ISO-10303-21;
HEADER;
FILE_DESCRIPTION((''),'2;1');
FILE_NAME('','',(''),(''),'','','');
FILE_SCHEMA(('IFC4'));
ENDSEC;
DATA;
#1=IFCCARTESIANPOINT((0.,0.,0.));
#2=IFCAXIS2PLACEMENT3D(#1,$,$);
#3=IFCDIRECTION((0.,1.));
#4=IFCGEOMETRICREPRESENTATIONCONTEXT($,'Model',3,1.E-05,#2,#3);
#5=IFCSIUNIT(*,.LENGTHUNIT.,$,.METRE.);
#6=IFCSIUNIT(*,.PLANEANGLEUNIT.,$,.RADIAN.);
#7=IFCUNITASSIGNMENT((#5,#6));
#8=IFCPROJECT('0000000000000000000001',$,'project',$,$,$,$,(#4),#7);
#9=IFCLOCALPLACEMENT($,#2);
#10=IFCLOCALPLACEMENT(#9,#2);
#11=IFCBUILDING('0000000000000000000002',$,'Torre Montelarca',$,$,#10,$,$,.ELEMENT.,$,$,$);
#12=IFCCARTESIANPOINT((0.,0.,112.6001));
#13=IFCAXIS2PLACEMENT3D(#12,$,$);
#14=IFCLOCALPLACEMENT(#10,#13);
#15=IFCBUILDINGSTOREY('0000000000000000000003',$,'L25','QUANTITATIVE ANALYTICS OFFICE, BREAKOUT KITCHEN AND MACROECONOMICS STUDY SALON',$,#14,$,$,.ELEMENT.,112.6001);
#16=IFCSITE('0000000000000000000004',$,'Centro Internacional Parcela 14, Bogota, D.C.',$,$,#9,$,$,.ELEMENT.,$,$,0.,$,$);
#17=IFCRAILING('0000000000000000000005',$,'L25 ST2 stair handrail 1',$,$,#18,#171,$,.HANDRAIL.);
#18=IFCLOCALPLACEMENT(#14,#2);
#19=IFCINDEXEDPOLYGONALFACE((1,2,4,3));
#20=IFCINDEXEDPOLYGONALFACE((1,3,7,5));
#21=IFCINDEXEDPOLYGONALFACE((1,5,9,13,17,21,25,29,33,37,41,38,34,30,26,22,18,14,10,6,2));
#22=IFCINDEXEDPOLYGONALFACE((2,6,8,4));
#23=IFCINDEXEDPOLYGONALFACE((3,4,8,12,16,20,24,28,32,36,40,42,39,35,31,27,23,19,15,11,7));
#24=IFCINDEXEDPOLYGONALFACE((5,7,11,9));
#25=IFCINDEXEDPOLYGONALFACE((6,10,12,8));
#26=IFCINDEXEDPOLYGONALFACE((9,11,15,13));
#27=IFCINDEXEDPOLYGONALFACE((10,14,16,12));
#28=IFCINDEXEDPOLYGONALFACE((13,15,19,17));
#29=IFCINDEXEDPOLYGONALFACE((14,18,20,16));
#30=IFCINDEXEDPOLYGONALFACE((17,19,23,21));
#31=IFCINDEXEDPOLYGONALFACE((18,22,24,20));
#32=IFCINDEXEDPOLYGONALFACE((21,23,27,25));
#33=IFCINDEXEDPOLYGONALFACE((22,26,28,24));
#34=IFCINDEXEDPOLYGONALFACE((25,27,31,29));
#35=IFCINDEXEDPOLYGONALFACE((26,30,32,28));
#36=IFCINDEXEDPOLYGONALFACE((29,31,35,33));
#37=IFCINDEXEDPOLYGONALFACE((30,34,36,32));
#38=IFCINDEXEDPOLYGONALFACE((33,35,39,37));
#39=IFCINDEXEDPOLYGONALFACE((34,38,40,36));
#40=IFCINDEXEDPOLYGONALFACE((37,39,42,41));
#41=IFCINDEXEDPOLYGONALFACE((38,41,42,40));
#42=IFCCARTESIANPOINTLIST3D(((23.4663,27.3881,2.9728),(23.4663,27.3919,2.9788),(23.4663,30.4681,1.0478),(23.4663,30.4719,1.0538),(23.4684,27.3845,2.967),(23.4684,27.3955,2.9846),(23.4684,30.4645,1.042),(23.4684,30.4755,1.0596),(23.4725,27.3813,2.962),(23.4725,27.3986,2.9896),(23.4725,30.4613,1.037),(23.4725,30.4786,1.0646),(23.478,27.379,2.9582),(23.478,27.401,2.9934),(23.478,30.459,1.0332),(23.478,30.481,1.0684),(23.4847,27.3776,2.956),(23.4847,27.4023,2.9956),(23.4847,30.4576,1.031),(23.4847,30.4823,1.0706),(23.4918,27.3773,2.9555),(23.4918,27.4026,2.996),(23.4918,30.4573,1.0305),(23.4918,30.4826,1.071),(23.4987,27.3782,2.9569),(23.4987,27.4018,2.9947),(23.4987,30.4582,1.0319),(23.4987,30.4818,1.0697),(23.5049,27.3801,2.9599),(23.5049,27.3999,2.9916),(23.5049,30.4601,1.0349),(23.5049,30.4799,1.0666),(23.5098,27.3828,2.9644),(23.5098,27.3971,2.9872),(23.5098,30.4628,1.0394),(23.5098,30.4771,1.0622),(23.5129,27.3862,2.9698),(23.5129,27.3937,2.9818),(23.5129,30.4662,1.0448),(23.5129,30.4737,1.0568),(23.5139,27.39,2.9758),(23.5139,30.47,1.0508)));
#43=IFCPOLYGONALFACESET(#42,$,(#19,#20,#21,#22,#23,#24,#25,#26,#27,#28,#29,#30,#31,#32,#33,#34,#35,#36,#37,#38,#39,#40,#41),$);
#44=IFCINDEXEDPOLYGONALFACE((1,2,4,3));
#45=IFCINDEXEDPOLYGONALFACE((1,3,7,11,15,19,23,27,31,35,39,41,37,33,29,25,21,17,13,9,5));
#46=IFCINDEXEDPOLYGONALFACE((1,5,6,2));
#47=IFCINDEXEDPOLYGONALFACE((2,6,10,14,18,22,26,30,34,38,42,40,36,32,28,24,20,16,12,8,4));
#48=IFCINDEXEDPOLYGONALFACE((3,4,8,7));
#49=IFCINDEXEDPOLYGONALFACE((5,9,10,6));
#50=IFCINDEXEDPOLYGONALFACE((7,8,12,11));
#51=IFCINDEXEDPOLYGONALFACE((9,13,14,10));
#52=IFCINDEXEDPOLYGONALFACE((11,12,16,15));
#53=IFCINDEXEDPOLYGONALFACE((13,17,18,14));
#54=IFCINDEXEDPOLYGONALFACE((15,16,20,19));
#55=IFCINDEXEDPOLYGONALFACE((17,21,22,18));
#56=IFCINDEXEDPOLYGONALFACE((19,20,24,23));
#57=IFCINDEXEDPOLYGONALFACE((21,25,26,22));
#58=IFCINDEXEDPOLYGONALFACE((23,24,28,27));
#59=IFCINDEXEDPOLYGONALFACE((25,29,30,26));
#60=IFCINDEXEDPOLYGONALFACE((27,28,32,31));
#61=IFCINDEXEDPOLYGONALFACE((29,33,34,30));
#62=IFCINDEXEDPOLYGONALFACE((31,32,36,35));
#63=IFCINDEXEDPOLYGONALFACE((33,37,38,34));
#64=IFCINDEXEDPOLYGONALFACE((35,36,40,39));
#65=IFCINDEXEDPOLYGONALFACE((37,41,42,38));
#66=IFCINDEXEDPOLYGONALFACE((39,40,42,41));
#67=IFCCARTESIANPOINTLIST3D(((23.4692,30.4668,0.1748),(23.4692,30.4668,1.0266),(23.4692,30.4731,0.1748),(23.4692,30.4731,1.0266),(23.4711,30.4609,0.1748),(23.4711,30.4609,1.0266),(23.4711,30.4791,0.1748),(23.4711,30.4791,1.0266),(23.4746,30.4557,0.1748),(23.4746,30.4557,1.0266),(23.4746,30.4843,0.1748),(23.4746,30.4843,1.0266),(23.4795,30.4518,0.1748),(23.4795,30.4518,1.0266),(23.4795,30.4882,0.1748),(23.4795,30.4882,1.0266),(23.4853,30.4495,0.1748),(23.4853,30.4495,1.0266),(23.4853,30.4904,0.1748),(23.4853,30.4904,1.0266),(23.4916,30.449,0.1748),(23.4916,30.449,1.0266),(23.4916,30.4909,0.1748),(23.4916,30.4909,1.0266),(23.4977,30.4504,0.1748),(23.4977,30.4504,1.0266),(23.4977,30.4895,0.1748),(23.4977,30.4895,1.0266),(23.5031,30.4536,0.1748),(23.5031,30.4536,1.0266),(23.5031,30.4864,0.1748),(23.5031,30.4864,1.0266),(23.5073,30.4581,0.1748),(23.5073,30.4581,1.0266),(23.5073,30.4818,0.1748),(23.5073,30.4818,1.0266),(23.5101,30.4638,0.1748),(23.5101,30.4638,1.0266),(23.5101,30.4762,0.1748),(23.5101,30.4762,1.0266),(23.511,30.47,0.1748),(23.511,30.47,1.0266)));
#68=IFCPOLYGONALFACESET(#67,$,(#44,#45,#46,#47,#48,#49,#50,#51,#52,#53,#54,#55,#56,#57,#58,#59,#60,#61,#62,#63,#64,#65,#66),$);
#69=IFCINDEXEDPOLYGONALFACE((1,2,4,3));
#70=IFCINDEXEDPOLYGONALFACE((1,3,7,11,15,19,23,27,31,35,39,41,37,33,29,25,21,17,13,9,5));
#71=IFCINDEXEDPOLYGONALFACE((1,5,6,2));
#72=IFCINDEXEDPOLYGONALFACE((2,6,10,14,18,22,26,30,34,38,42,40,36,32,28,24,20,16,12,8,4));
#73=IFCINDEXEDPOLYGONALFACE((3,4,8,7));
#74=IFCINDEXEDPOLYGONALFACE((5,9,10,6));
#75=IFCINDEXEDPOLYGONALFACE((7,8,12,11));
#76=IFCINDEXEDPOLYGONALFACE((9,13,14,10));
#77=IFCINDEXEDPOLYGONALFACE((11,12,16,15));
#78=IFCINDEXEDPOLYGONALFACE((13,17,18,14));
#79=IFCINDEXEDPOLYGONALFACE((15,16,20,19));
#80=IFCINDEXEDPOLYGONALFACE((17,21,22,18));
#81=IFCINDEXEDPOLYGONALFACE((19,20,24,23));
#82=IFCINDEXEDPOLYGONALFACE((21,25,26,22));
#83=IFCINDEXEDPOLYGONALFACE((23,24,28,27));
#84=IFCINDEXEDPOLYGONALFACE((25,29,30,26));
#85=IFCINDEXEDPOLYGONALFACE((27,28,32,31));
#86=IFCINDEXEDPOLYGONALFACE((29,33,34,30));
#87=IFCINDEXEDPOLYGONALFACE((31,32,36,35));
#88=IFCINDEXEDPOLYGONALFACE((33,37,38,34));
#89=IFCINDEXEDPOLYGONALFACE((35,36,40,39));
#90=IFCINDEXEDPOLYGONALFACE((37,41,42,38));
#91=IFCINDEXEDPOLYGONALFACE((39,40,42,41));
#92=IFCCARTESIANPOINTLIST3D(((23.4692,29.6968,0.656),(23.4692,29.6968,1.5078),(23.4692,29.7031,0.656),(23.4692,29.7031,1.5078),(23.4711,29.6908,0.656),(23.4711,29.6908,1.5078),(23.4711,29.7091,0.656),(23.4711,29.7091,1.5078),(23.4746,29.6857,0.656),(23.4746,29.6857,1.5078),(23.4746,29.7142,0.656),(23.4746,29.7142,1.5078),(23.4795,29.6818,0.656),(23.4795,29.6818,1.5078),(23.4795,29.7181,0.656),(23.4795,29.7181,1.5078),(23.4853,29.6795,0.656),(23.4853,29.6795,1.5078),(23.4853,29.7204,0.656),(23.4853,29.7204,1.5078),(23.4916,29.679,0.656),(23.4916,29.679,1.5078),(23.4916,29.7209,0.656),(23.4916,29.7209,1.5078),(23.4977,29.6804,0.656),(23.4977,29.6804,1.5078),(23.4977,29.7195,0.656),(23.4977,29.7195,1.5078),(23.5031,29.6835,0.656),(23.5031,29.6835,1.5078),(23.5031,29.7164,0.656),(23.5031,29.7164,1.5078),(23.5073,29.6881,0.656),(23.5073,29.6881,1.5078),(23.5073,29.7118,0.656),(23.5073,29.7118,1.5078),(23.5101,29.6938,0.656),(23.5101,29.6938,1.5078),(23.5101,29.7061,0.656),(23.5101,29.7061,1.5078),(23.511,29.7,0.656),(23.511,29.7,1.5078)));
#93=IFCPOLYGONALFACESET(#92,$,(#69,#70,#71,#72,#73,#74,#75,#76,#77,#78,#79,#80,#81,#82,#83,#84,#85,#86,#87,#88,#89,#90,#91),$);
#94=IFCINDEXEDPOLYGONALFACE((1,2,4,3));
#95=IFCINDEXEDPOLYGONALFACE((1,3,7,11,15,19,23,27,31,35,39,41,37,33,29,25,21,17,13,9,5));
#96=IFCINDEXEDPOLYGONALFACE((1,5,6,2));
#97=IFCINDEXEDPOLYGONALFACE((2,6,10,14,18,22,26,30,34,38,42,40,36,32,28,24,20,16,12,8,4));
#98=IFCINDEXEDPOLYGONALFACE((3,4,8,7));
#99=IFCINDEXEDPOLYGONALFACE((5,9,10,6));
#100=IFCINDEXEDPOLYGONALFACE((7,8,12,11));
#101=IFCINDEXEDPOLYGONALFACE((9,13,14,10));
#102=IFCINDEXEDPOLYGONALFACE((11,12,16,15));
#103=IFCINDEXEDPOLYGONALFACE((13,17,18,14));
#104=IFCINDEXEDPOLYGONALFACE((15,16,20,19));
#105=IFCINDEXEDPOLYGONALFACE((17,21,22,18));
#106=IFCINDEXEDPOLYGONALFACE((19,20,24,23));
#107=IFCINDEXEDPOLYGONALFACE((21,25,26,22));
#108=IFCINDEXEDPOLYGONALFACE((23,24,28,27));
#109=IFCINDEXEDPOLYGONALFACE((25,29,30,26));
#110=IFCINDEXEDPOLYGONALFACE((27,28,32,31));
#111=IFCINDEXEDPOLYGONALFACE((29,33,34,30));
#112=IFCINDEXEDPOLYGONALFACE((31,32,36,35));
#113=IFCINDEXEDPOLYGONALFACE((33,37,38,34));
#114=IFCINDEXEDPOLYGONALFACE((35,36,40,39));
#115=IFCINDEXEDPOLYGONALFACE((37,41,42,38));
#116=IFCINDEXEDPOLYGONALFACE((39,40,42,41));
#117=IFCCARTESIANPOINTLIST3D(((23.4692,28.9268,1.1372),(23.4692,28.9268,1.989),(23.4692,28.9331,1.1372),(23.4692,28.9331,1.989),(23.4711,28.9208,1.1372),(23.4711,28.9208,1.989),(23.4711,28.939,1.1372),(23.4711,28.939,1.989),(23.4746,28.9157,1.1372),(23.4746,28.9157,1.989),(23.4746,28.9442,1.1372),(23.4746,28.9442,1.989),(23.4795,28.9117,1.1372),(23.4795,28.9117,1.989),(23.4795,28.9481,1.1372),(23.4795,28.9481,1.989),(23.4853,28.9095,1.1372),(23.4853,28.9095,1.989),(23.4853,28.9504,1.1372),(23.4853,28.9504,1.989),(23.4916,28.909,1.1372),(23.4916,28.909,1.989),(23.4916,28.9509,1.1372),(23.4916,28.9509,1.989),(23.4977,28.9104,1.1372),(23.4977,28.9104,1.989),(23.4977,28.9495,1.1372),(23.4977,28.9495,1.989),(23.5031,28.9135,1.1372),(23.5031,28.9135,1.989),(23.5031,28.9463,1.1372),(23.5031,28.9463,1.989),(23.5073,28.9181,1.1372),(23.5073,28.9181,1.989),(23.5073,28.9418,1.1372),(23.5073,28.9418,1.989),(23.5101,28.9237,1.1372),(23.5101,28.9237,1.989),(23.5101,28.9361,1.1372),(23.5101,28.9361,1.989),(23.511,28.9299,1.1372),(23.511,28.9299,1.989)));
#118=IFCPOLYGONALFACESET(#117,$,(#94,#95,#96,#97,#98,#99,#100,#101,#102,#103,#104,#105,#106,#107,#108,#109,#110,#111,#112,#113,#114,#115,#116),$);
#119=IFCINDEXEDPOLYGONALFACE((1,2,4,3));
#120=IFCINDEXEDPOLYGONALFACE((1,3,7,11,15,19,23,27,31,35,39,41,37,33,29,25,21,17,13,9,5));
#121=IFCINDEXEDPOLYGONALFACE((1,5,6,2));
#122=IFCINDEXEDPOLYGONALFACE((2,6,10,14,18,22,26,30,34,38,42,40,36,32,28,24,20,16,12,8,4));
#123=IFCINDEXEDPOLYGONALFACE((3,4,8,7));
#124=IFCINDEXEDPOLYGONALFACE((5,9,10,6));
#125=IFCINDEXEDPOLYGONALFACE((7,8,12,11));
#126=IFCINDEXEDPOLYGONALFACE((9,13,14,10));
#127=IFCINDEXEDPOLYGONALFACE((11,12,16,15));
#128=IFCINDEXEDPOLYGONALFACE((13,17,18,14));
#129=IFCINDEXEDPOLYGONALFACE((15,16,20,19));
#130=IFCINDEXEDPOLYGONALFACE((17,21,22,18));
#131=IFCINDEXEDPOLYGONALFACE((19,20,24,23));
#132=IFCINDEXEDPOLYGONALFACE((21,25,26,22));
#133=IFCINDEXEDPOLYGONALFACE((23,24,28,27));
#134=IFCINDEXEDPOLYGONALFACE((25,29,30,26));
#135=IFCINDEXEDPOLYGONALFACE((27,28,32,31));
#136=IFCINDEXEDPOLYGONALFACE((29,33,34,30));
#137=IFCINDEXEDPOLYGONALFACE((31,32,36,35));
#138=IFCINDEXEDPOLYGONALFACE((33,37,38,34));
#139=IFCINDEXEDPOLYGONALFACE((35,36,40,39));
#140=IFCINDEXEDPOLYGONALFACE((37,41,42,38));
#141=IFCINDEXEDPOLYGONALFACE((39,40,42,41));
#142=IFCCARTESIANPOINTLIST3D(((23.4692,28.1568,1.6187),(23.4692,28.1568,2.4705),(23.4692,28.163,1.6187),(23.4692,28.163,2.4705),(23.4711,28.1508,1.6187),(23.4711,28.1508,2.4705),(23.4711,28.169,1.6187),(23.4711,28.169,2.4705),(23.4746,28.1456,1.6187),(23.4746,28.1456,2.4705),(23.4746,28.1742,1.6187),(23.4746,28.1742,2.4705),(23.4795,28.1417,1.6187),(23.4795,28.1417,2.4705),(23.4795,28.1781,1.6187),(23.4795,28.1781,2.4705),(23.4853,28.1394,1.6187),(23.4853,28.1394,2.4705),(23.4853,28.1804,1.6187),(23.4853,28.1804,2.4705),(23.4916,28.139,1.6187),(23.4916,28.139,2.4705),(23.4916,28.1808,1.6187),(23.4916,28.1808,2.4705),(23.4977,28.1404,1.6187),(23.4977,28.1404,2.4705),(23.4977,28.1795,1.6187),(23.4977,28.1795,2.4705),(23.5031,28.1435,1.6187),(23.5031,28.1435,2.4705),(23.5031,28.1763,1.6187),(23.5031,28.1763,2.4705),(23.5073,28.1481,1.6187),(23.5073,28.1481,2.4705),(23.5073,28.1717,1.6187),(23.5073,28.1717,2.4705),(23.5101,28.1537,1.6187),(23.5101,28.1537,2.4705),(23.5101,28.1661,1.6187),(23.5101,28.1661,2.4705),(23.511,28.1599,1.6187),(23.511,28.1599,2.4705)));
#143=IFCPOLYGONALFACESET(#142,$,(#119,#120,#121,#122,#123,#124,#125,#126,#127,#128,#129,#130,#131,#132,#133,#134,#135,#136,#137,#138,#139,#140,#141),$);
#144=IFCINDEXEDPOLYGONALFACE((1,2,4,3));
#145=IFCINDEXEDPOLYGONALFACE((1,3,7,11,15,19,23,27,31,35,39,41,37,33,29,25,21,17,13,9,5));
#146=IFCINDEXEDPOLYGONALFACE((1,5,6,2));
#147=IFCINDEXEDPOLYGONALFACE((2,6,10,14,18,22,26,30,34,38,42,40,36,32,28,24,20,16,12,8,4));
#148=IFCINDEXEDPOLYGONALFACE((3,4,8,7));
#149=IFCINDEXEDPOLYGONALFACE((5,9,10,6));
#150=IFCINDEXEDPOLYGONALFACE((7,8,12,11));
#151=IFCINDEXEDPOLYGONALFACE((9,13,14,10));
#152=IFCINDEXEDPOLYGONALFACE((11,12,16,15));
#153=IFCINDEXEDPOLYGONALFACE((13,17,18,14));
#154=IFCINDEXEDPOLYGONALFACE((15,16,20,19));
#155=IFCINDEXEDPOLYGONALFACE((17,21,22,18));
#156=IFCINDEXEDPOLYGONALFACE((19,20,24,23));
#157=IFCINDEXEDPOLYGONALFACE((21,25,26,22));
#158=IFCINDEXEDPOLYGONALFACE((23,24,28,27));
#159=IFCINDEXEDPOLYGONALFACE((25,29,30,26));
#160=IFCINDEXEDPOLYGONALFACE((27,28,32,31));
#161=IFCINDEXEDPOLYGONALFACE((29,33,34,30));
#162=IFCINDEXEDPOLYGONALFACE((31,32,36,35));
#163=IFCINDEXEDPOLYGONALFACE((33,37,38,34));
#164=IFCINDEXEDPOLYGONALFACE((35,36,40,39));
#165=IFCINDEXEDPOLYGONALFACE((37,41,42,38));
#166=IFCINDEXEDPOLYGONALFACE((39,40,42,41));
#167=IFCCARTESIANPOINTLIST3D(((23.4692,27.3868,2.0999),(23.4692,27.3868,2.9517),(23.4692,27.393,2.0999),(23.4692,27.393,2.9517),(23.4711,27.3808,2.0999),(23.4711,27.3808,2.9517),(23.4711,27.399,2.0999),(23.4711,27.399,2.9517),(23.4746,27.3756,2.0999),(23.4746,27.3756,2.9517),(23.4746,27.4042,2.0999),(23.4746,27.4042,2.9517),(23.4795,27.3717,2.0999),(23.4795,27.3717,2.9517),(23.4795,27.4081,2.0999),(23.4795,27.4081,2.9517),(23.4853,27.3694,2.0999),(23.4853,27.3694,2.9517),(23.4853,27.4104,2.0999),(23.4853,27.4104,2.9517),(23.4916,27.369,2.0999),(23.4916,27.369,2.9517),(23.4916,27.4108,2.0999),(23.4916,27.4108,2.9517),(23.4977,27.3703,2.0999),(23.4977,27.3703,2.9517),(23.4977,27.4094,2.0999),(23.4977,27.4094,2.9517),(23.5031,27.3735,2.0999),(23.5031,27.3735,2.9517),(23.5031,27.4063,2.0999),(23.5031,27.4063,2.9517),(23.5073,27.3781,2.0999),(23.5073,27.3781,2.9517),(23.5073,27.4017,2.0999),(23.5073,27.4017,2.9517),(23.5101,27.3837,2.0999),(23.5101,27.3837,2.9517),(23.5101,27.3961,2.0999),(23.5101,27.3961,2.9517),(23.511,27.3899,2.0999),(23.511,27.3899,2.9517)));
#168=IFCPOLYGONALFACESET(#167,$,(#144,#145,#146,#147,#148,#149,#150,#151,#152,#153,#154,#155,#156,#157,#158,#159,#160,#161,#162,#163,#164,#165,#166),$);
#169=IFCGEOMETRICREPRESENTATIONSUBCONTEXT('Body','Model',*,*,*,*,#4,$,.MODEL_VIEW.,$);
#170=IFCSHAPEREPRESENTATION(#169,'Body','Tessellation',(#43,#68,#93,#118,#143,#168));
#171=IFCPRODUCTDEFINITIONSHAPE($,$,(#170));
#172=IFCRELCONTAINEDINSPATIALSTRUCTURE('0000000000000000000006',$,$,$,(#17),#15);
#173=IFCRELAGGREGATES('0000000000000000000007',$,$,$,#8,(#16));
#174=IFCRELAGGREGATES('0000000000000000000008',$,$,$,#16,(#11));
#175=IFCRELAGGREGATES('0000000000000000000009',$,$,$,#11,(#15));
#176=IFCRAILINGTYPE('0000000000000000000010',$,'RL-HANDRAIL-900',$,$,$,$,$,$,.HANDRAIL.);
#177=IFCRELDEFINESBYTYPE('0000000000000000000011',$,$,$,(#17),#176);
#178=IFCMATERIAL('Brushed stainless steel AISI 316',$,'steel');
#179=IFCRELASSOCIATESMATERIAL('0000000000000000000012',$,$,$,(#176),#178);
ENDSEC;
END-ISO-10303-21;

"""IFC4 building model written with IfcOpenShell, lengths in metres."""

from ifc_helpers import new_model, si_unit, direction, frame, origin, origin_2d, place, context, subcontext, project, spatial, circle, extrude, material, type_object, element, save


model = new_model("IFC4")

# Units and contexts
model_context = context("Model", 3, precision=1e-05, world=origin(), true_north=direction((0.0, 1.0)))
body_context = subcontext(model_context, "Body", "Model", "MODEL_VIEW")
ifc_project = project(units=[si_unit("LENGTHUNIT", "METRE"), si_unit("PLANEANGLEUNIT", "RADIAN")], contexts=[model_context])

# Site, building, storey
site_placement = place(None, origin())
site = spatial("IfcSite", under=ifc_project, at=site_placement, Name="Centro Internacional Parcela 14, Bogota, D.C.", CompositionType="ELEMENT", RefElevation=0.0)
building_placement = place(site_placement, origin())
building = spatial("IfcBuilding", under=site, at=building_placement, Name="Torre Montelarca", CompositionType="ELEMENT")
storey_placement = place(building_placement, frame((0.0, 0.0, 112.6001)))
storey = spatial("IfcBuildingStorey", under=building, at=storey_placement, Name="L25", Description="QUANTITATIVE ANALYTICS OFFICE, BREAKOUT KITCHEN AND MACROECONOMICS STUDY SALON", CompositionType="ELEMENT", Elevation=112.6001)

# Railing
ifc_material_1 = material(Name="Brushed stainless steel AISI 316", Category="steel")
railing_type_1 = type_object("IfcRailingType", Name="RL-HANDRAIL-900", PredefinedType="HANDRAIL", material=ifc_material_1)
railing_1_placement = place(storey_placement, frame((23.49, 30.47, 0.1748)))
element("IfcRailing", 1, at=railing_1_placement, inside=storey, type_object=railing_type_1, Name="L25 ST2 stair handrail 1", PredefinedType="HANDRAIL", context=body_context, shape_type="SweptSolid", body=[
    extrude(circle(Radius=0.0239, at=origin_2d()), frame((0.0, 0.0, 0.876), z_axis=(0.0, -0.847998, 0.529999), x_axis=(1.0, 0.0, 0.0)), (0.0, 0.0, 1.0), 3.6321),
    extrude(circle(Radius=0.021, at=origin_2d()), origin(), (0.0, 0.0, 1.0), 0.8518),
    extrude(circle(Radius=0.021, at=origin_2d()), frame((0.0, -0.77, 0.4812)), (0.0, 0.0, 1.0), 0.8518),
    extrude(circle(Radius=0.021, at=origin_2d()), frame((0.0, -1.54, 0.9624)), (0.0, 0.0, 1.0), 0.8518),
    extrude(circle(Radius=0.021, at=origin_2d()), frame((0.0, -2.3101, 1.4438)), (0.0, 0.0, 1.0), 0.8518),
    extrude(circle(Radius=0.021, at=origin_2d()), frame((0.0, -3.0801, 1.925)), (0.0, 0.0, 1.0), 0.8518),
])

save(model, "model.ifc")
